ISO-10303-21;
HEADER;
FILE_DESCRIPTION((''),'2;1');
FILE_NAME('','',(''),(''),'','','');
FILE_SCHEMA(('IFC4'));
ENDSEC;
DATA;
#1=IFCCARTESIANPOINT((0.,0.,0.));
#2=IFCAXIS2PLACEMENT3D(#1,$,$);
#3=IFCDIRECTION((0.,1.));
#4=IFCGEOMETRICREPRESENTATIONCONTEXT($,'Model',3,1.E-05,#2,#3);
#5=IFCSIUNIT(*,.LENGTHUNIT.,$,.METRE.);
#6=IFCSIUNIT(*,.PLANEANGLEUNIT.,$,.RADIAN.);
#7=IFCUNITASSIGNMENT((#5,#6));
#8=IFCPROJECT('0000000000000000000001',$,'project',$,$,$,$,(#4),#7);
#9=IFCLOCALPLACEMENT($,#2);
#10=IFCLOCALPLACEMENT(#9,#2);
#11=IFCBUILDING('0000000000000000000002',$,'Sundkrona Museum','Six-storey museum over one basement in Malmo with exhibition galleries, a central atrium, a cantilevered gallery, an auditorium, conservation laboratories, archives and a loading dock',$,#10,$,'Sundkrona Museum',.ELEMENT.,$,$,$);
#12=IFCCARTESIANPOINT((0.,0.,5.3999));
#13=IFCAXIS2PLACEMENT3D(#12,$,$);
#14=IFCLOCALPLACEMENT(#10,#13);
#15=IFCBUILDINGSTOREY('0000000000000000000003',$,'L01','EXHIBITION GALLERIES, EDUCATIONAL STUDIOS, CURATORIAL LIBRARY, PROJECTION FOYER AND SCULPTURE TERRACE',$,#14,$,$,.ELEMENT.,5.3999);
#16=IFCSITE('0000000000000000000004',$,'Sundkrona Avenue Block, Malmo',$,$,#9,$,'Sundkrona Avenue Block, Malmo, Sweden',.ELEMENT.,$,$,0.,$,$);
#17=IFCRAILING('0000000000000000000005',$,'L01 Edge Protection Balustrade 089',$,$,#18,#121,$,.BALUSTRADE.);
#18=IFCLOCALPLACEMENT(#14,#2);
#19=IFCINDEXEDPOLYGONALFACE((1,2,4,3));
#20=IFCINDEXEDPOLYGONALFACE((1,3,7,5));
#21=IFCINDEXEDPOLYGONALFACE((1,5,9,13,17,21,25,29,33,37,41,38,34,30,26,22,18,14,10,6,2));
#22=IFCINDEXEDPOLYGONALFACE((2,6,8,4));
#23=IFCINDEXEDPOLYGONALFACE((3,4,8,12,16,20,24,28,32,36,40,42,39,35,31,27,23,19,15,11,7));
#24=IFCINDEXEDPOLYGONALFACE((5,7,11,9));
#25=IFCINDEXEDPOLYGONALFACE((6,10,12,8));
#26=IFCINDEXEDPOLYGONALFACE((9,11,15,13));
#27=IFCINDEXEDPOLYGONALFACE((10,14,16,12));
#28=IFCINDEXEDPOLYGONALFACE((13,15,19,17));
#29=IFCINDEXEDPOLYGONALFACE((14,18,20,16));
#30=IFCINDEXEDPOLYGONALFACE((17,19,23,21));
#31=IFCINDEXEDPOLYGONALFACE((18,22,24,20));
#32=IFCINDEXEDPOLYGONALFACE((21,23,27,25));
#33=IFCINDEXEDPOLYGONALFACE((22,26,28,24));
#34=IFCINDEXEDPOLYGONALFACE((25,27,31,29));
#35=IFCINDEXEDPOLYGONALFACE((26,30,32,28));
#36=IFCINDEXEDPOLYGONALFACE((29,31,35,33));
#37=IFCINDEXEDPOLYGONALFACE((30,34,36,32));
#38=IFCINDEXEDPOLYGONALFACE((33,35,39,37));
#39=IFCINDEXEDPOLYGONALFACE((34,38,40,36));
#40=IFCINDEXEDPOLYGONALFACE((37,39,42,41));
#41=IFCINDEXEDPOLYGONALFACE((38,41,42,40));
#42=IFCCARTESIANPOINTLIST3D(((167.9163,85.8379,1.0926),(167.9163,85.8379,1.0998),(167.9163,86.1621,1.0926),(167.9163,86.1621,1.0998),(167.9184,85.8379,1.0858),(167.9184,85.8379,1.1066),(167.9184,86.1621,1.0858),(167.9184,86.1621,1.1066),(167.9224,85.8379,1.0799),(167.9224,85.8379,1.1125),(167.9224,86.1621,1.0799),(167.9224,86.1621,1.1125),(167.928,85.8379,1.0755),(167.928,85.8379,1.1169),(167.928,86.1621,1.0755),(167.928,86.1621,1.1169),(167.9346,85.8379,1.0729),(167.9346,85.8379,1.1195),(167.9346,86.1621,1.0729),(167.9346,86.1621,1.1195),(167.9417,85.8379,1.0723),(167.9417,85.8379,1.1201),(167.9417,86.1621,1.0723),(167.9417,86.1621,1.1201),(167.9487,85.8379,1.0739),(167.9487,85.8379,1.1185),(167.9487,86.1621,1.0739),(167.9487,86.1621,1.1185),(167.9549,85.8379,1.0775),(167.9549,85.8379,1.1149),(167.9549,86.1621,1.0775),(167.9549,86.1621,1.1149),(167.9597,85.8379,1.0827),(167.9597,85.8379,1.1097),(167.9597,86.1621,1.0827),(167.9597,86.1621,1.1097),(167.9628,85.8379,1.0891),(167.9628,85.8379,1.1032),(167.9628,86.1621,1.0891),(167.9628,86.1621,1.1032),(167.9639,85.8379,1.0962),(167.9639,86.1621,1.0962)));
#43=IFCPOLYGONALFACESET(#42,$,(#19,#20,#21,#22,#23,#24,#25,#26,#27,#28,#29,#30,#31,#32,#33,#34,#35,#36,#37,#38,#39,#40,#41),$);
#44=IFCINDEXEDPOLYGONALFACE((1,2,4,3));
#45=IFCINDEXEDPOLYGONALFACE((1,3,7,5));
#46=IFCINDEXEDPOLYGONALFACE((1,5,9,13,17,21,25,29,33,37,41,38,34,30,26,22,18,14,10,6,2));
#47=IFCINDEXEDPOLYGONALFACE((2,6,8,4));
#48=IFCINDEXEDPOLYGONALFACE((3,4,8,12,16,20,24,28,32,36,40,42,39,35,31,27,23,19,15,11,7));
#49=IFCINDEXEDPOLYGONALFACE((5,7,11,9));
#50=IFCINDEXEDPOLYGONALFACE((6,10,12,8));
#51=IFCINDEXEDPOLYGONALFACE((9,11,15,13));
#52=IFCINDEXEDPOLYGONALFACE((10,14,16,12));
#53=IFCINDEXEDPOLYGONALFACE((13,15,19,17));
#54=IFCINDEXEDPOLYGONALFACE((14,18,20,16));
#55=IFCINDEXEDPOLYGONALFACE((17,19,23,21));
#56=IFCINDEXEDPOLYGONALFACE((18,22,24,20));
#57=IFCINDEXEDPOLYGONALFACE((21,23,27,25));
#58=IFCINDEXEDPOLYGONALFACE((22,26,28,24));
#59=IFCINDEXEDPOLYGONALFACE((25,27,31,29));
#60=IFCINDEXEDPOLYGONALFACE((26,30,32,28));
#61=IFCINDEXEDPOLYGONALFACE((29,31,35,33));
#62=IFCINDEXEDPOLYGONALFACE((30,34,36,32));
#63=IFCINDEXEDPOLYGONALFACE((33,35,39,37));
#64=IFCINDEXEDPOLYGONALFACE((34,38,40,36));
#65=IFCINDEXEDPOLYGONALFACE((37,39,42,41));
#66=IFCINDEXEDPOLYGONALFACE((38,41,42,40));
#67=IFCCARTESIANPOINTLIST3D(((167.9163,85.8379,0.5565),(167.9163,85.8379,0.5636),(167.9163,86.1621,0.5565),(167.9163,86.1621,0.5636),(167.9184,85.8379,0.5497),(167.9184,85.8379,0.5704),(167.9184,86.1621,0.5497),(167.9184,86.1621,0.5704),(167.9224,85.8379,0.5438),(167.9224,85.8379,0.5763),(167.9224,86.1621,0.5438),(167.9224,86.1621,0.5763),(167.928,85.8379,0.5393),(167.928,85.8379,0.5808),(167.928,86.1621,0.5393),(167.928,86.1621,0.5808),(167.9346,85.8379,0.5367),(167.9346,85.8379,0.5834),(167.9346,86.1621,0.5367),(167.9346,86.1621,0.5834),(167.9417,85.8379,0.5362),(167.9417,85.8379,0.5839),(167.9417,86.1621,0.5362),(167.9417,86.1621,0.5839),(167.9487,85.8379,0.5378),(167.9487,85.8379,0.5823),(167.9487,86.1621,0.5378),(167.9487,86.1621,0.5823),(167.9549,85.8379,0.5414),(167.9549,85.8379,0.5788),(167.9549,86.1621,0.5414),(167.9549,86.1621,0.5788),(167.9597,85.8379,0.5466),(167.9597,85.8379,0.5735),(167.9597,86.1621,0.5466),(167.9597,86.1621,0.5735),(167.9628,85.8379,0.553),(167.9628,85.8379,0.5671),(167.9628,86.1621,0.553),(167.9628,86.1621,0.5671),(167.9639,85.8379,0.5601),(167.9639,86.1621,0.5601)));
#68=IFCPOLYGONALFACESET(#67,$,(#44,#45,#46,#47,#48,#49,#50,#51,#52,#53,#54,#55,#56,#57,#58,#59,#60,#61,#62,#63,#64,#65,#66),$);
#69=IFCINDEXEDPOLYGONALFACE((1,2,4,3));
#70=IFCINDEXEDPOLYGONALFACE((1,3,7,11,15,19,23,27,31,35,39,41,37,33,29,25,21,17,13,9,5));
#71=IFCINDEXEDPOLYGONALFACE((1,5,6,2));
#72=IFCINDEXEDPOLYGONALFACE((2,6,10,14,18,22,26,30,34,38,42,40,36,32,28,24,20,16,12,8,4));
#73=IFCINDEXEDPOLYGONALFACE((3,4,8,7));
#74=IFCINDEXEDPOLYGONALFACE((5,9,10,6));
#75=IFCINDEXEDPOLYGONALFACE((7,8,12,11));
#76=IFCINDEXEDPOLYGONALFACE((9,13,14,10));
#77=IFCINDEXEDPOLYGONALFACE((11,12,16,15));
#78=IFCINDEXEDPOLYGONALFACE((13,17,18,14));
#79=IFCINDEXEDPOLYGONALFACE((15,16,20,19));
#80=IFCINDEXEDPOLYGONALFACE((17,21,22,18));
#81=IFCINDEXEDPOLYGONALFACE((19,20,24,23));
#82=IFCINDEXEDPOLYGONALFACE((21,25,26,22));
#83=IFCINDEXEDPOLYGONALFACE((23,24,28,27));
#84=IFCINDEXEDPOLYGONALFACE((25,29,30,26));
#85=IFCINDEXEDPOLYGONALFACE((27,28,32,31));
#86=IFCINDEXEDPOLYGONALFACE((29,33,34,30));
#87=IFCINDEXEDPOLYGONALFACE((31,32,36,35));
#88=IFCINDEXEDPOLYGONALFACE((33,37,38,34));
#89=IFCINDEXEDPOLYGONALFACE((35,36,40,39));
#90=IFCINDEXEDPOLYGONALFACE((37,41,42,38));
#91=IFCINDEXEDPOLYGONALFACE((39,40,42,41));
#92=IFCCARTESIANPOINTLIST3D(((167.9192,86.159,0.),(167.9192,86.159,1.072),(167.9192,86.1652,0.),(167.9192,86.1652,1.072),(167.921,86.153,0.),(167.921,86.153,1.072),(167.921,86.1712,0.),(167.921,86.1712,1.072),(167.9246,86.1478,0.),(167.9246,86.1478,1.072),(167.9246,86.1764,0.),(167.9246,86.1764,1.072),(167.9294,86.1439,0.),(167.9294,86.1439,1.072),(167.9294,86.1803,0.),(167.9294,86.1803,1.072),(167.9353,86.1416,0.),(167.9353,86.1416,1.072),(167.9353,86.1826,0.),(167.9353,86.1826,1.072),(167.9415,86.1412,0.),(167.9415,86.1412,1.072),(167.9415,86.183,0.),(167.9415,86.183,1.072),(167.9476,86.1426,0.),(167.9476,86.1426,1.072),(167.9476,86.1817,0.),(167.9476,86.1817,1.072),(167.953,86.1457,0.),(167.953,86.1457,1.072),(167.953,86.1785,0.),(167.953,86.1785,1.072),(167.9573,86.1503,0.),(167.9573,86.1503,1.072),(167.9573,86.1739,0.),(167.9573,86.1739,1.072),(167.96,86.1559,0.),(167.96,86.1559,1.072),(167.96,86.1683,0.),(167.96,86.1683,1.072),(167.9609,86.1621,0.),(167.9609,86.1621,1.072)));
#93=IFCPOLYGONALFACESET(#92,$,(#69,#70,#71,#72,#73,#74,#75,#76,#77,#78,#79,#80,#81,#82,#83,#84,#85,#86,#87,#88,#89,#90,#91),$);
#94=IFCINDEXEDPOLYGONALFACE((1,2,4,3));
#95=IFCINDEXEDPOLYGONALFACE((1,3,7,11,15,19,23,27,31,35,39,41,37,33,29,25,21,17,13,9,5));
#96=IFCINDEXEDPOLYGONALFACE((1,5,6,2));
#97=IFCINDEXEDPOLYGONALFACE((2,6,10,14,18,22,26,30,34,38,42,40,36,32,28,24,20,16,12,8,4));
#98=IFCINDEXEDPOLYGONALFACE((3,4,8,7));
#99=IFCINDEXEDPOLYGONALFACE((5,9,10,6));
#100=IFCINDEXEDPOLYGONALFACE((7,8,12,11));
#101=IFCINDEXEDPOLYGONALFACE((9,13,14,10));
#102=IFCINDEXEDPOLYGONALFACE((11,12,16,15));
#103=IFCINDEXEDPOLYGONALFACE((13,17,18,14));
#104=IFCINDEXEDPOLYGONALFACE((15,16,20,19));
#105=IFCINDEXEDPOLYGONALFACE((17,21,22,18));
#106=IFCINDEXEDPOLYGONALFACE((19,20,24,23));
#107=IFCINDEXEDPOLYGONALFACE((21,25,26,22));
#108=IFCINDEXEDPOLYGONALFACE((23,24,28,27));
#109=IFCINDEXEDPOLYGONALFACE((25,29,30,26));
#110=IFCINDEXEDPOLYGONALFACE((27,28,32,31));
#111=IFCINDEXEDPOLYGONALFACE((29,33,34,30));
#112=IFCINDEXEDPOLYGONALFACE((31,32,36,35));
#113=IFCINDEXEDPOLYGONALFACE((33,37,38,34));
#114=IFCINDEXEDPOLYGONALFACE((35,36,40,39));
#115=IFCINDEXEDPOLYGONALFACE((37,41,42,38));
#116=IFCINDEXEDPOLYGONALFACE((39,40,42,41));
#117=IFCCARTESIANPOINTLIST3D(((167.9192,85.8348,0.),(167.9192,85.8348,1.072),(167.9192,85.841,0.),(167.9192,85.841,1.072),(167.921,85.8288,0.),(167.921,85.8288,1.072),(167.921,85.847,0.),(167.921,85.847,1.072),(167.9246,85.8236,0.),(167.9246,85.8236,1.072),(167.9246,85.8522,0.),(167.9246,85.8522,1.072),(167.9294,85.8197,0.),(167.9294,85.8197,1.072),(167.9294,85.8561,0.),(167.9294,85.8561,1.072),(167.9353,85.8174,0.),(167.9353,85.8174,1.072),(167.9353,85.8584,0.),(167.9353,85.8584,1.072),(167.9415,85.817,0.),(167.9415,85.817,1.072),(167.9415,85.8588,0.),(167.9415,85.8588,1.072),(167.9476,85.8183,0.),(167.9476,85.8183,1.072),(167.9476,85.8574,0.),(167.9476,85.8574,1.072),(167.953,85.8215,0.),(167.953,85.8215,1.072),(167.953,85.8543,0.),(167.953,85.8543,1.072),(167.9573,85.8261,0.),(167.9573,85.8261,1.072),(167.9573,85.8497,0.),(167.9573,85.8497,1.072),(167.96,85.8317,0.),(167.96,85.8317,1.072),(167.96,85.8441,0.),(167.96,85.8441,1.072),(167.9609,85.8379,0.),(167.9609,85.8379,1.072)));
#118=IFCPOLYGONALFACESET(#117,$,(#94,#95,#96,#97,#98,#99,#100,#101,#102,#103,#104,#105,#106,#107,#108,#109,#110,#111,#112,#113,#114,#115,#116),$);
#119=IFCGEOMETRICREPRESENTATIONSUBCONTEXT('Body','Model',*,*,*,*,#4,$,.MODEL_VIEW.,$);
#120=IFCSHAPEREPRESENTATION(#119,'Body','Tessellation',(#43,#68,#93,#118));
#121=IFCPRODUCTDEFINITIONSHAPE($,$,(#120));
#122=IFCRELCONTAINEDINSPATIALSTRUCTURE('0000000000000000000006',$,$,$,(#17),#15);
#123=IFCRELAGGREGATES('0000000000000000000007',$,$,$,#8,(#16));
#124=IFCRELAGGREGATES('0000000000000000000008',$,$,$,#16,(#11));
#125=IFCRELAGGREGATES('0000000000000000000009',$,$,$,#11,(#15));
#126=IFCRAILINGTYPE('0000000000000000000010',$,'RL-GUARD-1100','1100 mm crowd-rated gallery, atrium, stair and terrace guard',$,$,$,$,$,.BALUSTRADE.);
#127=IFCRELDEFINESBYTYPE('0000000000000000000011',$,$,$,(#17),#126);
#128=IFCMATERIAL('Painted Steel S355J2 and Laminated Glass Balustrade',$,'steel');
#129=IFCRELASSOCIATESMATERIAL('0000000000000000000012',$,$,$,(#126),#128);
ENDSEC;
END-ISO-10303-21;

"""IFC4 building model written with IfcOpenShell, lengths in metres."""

from ifc_helpers import new_model, si_unit, direction, frame, origin, origin_2d, place, context, subcontext, project, spatial, circle, extrude, material, type_object, element, save


model = new_model("IFC4")

# Units and contexts
model_context = context("Model", 3, precision=1e-05, world=origin(), true_north=direction((0.0, 1.0)))
body_context = subcontext(model_context, "Body", "Model", "MODEL_VIEW")
ifc_project = project(units=[si_unit("LENGTHUNIT", "METRE"), si_unit("PLANEANGLEUNIT", "RADIAN")], contexts=[model_context])

# Site, building, storey
site_placement = place(None, origin())
site = spatial("IfcSite", under=ifc_project, at=site_placement, Name="Sundkrona Avenue Block, Malmo", LongName="Sundkrona Avenue Block, Malmo, Sweden", CompositionType="ELEMENT", RefElevation=0.0)
building_placement = place(site_placement, origin())
building = spatial("IfcBuilding", under=site, at=building_placement, Name="Sundkrona Museum", Description="Six-storey museum over one basement in Malmo with exhibition galleries, a central atrium, a cantilevered gallery, an auditorium, conservation laboratories, archives and a loading dock", LongName="Sundkrona Museum", CompositionType="ELEMENT")
storey_placement = place(building_placement, frame((0.0, 0.0, 5.3999)))
storey = spatial("IfcBuildingStorey", under=building, at=storey_placement, Name="L01", Description="EXHIBITION GALLERIES, EDUCATIONAL STUDIOS, CURATORIAL LIBRARY, PROJECTION FOYER AND SCULPTURE TERRACE", CompositionType="ELEMENT", Elevation=5.3999)

# Railing
ifc_material_1 = material(Name="Painted Steel S355J2 and Laminated Glass Balustrade", Category="steel")
railing_type = type_object("IfcRailingType", Name="RL-GUARD-1100", Description="1100 mm crowd-rated gallery, atrium, stair and terrace guard", PredefinedType="BALUSTRADE", material=ifc_material_1)
for number, where, name in (
    (1, (167.9399, 86.1621, 0.0), "L01 Edge Protection Balustrade 089"),
):
    element("IfcRailing", number, at=place(storey_placement, frame(where)), inside=storey, type_object=railing_type, Name=name, PredefinedType="BALUSTRADE", context=body_context, shape_type="SweptSolid", body=[
        extrude(circle(Radius=0.0239, at=origin_2d()), frame((0.0, 0.0, 1.0962), z_axis=(0.0, -1.0, 0.0), x_axis=(1.0, 0.0, 0.0)), (0.0, 0.0, 1.0), 0.3242),
        extrude(circle(Radius=0.0239, at=origin_2d()), frame((0.0, 0.0, 0.5601), z_axis=(0.0, -1.0, 0.0), x_axis=(1.0, 0.0, 0.0)), (0.0, 0.0, 1.0), 0.3242),
        extrude(circle(Radius=0.021, at=origin_2d()), origin(), (0.0, 0.0, 1.0), 1.072),
        extrude(circle(Radius=0.021, at=origin_2d()), frame((0.0, -0.3242, 0.0)), (0.0, 0.0, 1.0), 1.072),
    ])

save(model, "model.ifc")
